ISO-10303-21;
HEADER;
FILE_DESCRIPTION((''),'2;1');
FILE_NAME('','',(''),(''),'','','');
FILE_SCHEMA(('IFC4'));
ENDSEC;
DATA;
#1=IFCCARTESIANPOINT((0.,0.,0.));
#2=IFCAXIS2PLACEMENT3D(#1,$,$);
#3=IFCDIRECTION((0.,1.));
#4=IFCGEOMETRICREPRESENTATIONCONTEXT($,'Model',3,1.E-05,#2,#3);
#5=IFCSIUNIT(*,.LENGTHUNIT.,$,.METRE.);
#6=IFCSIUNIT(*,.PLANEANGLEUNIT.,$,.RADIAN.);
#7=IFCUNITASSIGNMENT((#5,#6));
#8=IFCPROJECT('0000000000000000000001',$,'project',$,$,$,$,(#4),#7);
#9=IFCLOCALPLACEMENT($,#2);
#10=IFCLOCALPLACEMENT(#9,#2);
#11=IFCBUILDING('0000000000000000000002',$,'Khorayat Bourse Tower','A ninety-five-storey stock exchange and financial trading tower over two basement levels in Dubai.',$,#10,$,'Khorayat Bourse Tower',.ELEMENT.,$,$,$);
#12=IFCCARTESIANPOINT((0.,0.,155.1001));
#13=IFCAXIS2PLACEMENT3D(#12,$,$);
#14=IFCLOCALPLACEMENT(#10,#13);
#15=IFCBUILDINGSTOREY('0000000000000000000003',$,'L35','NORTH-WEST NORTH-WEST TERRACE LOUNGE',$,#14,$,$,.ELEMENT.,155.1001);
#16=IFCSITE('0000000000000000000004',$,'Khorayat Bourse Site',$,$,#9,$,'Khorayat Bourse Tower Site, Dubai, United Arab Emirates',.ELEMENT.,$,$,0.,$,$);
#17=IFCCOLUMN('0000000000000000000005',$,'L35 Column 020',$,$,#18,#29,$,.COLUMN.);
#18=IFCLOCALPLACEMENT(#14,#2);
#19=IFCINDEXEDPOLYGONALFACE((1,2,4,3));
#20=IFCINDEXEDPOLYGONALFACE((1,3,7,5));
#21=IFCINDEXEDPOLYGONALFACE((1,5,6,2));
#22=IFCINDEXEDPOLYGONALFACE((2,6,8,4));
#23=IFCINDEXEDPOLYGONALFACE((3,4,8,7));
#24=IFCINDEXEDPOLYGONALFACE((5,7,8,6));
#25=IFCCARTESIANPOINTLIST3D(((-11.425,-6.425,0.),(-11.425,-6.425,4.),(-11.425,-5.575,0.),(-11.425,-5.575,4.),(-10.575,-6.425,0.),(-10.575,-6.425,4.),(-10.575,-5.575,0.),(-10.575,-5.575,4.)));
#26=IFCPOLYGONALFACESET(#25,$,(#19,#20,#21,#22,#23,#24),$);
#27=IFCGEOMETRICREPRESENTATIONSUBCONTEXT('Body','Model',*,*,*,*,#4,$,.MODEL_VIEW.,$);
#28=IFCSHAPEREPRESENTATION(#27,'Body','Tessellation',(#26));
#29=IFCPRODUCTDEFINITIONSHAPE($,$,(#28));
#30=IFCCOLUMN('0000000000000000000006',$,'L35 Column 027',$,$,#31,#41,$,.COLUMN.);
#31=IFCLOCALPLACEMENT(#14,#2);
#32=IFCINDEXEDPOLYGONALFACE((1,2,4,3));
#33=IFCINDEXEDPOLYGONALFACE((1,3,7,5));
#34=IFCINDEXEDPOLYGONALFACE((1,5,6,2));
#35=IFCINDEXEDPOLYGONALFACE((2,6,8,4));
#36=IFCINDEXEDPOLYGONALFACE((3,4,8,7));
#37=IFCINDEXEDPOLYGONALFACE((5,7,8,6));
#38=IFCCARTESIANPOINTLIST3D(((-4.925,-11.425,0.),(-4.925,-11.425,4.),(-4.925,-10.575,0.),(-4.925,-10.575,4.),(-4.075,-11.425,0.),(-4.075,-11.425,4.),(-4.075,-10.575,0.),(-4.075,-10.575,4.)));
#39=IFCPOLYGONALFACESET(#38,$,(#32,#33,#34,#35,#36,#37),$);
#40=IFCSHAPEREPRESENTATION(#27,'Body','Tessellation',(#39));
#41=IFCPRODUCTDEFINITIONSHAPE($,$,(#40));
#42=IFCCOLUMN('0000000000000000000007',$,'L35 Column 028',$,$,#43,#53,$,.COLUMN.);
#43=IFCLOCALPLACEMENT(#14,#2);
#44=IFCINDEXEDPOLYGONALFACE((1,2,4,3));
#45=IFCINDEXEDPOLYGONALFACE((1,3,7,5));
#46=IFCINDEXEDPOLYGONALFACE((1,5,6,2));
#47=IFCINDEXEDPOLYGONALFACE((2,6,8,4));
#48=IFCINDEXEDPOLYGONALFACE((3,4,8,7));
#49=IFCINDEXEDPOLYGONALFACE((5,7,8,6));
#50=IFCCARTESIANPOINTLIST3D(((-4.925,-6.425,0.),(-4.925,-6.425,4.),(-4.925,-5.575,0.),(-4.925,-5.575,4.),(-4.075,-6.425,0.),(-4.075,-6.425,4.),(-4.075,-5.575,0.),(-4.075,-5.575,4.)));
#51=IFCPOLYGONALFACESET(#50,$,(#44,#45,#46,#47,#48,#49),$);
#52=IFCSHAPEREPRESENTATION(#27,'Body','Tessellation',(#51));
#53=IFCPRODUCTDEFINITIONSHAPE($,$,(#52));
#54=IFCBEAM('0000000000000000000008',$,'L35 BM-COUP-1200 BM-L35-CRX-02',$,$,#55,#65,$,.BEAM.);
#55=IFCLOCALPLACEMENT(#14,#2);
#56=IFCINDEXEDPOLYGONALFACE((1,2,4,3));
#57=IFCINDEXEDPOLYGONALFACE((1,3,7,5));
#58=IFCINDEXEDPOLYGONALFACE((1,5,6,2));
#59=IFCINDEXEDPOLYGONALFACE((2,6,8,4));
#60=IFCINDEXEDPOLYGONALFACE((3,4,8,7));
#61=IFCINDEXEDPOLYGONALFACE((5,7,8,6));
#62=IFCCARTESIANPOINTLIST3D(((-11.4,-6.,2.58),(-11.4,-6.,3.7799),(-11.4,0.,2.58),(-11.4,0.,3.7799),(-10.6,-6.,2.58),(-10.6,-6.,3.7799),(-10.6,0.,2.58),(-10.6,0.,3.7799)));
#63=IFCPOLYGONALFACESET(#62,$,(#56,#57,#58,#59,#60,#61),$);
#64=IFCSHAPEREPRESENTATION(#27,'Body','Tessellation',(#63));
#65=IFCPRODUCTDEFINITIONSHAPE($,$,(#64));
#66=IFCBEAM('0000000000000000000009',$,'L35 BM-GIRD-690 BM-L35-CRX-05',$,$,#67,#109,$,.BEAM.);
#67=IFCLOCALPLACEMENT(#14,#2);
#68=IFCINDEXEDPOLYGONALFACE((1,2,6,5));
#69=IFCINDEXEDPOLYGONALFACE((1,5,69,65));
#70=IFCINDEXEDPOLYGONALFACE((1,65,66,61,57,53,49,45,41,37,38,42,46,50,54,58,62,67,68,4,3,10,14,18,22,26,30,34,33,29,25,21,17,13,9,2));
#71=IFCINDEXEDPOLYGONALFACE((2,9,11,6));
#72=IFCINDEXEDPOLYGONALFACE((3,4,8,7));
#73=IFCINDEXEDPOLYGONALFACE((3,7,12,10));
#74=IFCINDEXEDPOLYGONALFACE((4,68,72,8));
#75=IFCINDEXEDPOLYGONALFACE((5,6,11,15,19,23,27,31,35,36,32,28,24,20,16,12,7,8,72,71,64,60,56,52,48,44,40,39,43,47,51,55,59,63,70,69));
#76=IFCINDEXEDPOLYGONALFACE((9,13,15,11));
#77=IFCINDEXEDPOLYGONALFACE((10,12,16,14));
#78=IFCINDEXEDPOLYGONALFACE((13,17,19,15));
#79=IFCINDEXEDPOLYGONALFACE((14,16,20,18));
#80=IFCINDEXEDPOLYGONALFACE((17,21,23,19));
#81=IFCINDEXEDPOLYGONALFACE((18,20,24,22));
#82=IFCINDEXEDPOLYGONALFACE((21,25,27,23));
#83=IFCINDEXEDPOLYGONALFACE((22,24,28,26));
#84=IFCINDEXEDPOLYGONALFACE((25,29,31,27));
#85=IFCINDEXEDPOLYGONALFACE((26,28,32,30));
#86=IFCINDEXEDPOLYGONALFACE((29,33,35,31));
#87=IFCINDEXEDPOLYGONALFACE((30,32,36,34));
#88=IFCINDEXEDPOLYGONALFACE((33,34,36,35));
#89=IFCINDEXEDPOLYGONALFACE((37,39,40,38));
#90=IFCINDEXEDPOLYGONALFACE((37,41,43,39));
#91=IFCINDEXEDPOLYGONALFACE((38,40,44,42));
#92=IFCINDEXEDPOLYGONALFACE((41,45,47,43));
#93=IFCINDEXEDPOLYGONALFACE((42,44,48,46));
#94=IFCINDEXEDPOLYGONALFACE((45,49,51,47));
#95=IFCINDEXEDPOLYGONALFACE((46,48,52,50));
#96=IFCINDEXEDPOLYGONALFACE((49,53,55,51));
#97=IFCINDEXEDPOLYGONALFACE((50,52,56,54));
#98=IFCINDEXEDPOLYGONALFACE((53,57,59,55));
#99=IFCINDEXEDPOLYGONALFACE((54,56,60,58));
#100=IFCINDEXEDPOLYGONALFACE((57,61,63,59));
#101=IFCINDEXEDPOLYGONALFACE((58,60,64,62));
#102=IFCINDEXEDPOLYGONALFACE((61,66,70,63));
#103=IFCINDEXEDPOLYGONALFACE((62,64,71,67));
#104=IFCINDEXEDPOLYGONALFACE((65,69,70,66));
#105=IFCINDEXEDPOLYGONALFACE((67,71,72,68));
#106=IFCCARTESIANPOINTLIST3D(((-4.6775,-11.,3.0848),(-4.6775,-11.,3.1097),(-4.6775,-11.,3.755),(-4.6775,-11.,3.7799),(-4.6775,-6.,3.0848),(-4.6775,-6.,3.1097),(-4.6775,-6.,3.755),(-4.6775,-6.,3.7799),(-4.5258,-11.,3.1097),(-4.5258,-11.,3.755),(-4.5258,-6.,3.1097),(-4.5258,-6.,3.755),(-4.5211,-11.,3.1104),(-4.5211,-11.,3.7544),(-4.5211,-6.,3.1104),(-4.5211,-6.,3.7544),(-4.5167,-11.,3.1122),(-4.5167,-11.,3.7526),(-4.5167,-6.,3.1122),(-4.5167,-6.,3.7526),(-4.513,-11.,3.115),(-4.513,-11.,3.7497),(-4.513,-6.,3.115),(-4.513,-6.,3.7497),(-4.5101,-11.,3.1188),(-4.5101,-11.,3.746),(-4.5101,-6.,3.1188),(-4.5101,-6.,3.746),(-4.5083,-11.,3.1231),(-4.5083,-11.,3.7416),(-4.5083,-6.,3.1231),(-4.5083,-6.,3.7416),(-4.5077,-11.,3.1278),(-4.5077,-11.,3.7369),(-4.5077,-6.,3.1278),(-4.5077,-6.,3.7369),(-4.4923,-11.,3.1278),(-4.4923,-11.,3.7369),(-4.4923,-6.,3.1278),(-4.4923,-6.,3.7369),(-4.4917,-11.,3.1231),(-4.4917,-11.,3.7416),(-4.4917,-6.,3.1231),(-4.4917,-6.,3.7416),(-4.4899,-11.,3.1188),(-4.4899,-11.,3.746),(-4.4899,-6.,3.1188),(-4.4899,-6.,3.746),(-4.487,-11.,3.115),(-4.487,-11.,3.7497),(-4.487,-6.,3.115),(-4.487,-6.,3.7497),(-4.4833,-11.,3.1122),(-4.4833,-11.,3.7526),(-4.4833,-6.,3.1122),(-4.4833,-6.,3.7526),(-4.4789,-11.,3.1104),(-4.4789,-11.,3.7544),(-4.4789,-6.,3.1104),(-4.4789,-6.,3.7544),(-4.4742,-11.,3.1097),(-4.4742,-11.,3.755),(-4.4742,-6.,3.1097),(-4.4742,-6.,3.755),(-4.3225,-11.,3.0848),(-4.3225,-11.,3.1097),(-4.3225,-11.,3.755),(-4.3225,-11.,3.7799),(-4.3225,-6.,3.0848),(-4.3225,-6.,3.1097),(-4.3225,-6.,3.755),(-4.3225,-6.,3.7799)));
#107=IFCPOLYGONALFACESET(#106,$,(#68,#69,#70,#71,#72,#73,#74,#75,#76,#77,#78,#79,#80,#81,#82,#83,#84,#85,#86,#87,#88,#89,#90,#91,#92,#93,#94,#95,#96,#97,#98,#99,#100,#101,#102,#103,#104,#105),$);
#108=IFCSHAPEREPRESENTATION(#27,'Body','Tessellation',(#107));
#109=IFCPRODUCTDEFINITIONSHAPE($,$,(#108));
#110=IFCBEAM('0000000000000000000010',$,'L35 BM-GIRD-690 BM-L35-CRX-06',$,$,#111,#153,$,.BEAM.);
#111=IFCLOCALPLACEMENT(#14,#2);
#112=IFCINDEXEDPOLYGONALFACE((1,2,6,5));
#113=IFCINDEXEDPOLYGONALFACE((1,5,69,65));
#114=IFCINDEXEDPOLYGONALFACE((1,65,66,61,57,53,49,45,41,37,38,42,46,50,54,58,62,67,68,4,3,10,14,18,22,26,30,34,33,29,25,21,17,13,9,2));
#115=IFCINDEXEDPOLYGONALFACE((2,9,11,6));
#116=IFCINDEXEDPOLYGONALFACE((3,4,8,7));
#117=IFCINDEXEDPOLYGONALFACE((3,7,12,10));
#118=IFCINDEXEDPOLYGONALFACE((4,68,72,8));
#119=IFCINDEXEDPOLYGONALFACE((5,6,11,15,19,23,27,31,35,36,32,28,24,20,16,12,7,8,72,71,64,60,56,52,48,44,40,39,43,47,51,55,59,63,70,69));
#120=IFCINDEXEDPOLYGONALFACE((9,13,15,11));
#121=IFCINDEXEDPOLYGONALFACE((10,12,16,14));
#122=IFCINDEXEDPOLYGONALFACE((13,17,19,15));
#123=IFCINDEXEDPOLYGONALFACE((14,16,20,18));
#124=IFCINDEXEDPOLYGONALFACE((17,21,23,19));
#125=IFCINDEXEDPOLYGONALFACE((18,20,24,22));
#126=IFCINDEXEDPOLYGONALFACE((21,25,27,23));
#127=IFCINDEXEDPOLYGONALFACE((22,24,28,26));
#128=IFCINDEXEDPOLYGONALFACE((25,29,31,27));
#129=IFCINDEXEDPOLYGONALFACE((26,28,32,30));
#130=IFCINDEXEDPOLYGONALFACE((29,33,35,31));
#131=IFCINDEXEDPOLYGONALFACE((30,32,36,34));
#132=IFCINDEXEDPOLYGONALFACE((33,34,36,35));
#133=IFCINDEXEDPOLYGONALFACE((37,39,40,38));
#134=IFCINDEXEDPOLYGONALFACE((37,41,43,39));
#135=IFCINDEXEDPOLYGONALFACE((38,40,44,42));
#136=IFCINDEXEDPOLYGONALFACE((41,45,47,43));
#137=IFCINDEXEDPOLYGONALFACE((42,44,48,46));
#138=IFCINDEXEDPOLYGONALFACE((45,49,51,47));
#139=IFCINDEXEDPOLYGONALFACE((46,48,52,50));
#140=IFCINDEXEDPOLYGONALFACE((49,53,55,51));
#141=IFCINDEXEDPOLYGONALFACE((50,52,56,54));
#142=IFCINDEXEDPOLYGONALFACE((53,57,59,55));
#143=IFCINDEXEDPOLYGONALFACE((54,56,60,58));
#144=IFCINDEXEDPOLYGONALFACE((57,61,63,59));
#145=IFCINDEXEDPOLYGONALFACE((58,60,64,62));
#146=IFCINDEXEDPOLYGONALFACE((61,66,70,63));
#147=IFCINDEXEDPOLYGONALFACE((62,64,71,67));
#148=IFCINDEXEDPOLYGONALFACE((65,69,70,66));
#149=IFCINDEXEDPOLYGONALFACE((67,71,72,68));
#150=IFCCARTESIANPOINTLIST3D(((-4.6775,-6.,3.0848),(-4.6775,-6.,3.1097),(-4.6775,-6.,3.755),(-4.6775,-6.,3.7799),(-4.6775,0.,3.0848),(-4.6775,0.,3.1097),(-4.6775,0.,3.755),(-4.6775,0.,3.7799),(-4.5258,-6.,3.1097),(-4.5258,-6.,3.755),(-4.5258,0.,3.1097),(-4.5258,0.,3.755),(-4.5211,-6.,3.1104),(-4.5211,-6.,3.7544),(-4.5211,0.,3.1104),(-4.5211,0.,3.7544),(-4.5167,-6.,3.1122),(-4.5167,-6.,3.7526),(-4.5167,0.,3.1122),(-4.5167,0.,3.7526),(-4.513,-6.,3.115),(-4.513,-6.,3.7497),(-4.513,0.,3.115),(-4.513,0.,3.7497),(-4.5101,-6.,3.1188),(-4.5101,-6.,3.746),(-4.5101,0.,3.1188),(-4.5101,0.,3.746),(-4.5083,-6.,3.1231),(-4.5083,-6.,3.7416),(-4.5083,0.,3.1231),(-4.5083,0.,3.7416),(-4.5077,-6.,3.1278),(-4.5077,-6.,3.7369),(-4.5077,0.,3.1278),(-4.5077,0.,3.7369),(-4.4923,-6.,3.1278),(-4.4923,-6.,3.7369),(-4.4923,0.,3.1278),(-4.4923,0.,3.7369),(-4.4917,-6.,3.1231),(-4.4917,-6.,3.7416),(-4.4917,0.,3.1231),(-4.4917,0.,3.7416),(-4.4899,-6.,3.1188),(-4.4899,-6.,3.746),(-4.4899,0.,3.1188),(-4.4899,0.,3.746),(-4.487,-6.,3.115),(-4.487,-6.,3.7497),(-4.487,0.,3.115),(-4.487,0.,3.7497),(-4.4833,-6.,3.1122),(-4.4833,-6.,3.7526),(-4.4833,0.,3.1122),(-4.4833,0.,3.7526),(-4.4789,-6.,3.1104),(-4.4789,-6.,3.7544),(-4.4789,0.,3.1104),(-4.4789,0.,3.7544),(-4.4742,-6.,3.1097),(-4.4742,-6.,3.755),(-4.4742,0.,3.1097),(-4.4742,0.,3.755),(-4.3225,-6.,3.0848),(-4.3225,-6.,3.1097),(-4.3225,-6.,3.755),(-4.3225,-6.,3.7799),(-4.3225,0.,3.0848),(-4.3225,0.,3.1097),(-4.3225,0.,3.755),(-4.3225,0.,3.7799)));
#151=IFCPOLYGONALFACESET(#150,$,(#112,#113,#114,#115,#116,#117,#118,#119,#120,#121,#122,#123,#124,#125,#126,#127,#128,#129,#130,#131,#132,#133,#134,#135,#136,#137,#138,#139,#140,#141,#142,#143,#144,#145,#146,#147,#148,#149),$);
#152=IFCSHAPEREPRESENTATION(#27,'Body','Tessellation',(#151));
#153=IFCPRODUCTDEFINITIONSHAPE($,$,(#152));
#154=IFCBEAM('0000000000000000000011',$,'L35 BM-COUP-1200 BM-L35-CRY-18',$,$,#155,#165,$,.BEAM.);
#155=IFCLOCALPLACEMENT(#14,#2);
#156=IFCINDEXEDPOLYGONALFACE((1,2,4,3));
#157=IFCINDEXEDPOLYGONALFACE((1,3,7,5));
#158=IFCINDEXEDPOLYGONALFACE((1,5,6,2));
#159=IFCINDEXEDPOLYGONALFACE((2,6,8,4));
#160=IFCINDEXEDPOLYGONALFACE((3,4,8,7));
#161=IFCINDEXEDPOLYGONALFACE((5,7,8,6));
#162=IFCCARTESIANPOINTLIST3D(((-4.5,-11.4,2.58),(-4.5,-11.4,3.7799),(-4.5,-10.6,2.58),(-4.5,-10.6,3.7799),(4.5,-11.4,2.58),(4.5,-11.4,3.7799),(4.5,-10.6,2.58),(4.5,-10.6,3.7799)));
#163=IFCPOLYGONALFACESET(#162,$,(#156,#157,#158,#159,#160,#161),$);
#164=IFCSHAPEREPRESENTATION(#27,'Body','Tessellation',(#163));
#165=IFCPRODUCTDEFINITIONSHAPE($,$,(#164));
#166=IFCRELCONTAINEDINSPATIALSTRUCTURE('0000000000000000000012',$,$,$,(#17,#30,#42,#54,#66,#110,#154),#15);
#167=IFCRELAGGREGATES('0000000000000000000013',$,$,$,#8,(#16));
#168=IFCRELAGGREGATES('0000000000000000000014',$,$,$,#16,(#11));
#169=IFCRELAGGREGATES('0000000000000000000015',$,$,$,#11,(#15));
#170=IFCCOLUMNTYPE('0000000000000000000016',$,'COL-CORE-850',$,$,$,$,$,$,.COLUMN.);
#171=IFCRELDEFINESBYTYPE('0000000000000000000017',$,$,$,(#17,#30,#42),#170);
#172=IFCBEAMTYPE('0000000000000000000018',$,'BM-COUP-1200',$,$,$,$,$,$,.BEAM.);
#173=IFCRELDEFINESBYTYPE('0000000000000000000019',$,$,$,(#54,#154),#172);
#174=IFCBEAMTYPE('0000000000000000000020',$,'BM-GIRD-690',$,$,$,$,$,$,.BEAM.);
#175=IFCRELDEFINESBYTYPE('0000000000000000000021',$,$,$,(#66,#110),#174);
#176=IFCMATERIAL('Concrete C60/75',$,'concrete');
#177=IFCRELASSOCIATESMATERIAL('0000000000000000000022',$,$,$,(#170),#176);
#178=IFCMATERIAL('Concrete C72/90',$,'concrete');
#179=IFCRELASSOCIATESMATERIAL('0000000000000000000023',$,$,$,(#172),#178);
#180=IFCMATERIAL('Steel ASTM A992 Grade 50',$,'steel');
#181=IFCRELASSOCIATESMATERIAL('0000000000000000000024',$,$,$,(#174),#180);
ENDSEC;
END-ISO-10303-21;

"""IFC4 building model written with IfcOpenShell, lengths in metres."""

from ifc_helpers import new_model, si_unit, direction, frame, origin, origin_2d, place, context, subcontext, project, spatial, rectangle, i_section, extrude, source, transform, mapped, material, material_profile, profile_set, type_object, element, save


model = new_model("IFC4")

# Units and contexts
model_context = context("Model", 3, precision=1e-05, world=origin(), true_north=direction((0.0, 1.0)))
body_context = subcontext(model_context, "Body", "Model", "MODEL_VIEW")
ifc_project = project(units=[si_unit("LENGTHUNIT", "METRE"), si_unit("PLANEANGLEUNIT", "RADIAN")], contexts=[model_context])

# Site, building, storey
site_placement = place(None, origin())
site = spatial("IfcSite", under=ifc_project, at=site_placement, Name="Khorayat Bourse Site", LongName="Khorayat Bourse Tower Site, Dubai, United Arab Emirates", CompositionType="ELEMENT", RefElevation=0.0)
building_placement = place(site_placement, origin())
building = spatial("IfcBuilding", under=site, at=building_placement, Name="Khorayat Bourse Tower", Description="A ninety-five-storey stock exchange and financial trading tower over two basement levels in Dubai.", LongName="Khorayat Bourse Tower", CompositionType="ELEMENT")
storey_placement = place(building_placement, frame((0.0, 0.0, 155.1001)))
storey = spatial("IfcBuildingStorey", under=building, at=storey_placement, Name="L35", Description="NORTH-WEST NORTH-WEST TERRACE LOUNGE", CompositionType="ELEMENT", Elevation=155.1001)

# Columns
ifc_material_1 = material(Name="Concrete C60/75", Category="concrete")
ifc_material_profile_1 = material_profile(ifc_material_1, rectangle(XDim=0.8501, YDim=0.8501, at=origin_2d()), Name="RC 850x850")
ifc_profile_set_1 = profile_set([ifc_material_profile_1], Name="Concrete C60/75")
column_type = type_object("IfcColumnType", Name="COL-CORE-850", PredefinedType="COLUMN", material=ifc_profile_set_1)
shared_shape_1 = source(origin(), body_context, "Body", "SweptSolid", [
    extrude(rectangle(XDim=0.8501, YDim=0.8501, at=origin_2d()), origin(), (0.0, 0.0, 1.0), 4.0),
])
for number, where, z_axis, x_axis, name in (
    (1, (-11.0, -6.0, 0.0), (0.0, 0.0, 1.0), (1.0, 0.0, 0.0), "L35 Column 020"),
    (2, (-4.5, -11.0, 0.0), (0.0, 0.0, 1.0), (1.0, 0.0, 0.0), "L35 Column 027"),
    (3, (-4.5, -6.0, 0.0), (0.0, 0.0, 1.0), (1.0, 0.0, 0.0), "L35 Column 028"),
):
    element("IfcColumn", number, at=place(storey_placement, frame(where, z_axis=z_axis, x_axis=x_axis)), inside=storey, type_object=column_type, Name=name, PredefinedType="COLUMN", context=body_context, shape_type="MappedRepresentation", body=[
        mapped(shared_shape_1, transform((0.0, 0.0, 0.0), scale=1.0)),
    ])

# Beams
ifc_material_2 = material(Name="Concrete C72/90", Category="concrete")
ifc_material_profile_2 = material_profile(ifc_material_2, rectangle(XDim=0.8, YDim=1.2, at=origin_2d()), Name="RC 800x1200")
ifc_profile_set_2 = profile_set([ifc_material_profile_2], Name="Concrete C72/90")
beam_type_1 = type_object("IfcBeamType", Name="BM-COUP-1200", PredefinedType="BEAM", material=ifc_profile_set_2)
shared_shape_2 = source(origin(), body_context, "Body", "SweptSolid", [
    extrude(rectangle(XDim=0.8, YDim=1.2, at=origin_2d()), origin(), (0.0, 0.0, 1.0), 6.0),
])
beam_1_placement = place(storey_placement, frame((-11.0, -6.0, 3.1799), z_axis=(0.0, 1.0, 0.0), x_axis=(-1.0, 0.0, 0.0)))
element("IfcBeam", 4, at=beam_1_placement, inside=storey, type_object=beam_type_1, Name="L35 BM-COUP-1200 BM-L35-CRX-02", PredefinedType="BEAM", context=body_context, shape_type="MappedRepresentation", body=[
    mapped(shared_shape_2, transform((0.0, 0.0, 0.0), scale=1.0)),
])
ifc_material_3 = material(Name="Steel ASTM A992 Grade 50", Category="steel")
ifc_material_profile_3 = material_profile(ifc_material_3, i_section(OverallWidth=0.355, OverallDepth=0.6951, WebThickness=0.0154, FlangeThickness=0.0249, FilletRadius=0.0181, at=origin_2d()), Name="W690X217")
ifc_profile_set_3 = profile_set([ifc_material_profile_3], Name="Steel ASTM A992 Grade 50")
beam_type_2 = type_object("IfcBeamType", Name="BM-GIRD-690", PredefinedType="BEAM", material=ifc_profile_set_3)
shared_shape_3 = source(origin(), body_context, "Body", "SweptSolid", [
    extrude(i_section(OverallWidth=0.355, OverallDepth=0.6951, WebThickness=0.0154, FlangeThickness=0.0249, FilletRadius=0.0181, at=origin_2d()), origin(), (0.0, 0.0, 1.0), 5.0),
])
beam_2_placement = place(storey_placement, frame((-4.5, -11.0, 3.4324), z_axis=(0.0, 1.0, 0.0), x_axis=(-1.0, 0.0, 0.0)))
element("IfcBeam", 5, at=beam_2_placement, inside=storey, type_object=beam_type_2, Name="L35 BM-GIRD-690 BM-L35-CRX-05", PredefinedType="BEAM", context=body_context, shape_type="MappedRepresentation", body=[
    mapped(shared_shape_3, transform((0.0, 0.0, 0.0), scale=1.0)),
])
shared_shape_4 = source(origin(), body_context, "Body", "SweptSolid", [
    extrude(i_section(OverallWidth=0.355, OverallDepth=0.6951, WebThickness=0.0154, FlangeThickness=0.0249, FilletRadius=0.0181, at=origin_2d()), origin(), (0.0, 0.0, 1.0), 6.0),
])
beam_3_placement = place(storey_placement, frame((-4.5, -6.0, 3.4324), z_axis=(0.0, 1.0, 0.0), x_axis=(-1.0, 0.0, 0.0)))
element("IfcBeam", 6, at=beam_3_placement, inside=storey, type_object=beam_type_2, Name="L35 BM-GIRD-690 BM-L35-CRX-06", PredefinedType="BEAM", context=body_context, shape_type="MappedRepresentation", body=[
    mapped(shared_shape_4, transform((0.0, 0.0, 0.0), scale=1.0)),
])
shared_shape_5 = source(origin(), body_context, "Body", "SweptSolid", [
    extrude(rectangle(XDim=0.8, YDim=1.2, at=origin_2d()), origin(), (0.0, 0.0, 1.0), 9.0),
])
beam_4_placement = place(storey_placement, frame((-4.5, -11.0, 3.1799), z_axis=(1.0, 0.0, 0.0), x_axis=(0.0, 1.0, 0.0)))
element("IfcBeam", 7, at=beam_4_placement, inside=storey, type_object=beam_type_1, Name="L35 BM-COUP-1200 BM-L35-CRY-18", PredefinedType="BEAM", context=body_context, shape_type="MappedRepresentation", body=[
    mapped(shared_shape_5, transform((0.0, 0.0, 0.0), scale=1.0)),
])

save(model, "model.ifc")
